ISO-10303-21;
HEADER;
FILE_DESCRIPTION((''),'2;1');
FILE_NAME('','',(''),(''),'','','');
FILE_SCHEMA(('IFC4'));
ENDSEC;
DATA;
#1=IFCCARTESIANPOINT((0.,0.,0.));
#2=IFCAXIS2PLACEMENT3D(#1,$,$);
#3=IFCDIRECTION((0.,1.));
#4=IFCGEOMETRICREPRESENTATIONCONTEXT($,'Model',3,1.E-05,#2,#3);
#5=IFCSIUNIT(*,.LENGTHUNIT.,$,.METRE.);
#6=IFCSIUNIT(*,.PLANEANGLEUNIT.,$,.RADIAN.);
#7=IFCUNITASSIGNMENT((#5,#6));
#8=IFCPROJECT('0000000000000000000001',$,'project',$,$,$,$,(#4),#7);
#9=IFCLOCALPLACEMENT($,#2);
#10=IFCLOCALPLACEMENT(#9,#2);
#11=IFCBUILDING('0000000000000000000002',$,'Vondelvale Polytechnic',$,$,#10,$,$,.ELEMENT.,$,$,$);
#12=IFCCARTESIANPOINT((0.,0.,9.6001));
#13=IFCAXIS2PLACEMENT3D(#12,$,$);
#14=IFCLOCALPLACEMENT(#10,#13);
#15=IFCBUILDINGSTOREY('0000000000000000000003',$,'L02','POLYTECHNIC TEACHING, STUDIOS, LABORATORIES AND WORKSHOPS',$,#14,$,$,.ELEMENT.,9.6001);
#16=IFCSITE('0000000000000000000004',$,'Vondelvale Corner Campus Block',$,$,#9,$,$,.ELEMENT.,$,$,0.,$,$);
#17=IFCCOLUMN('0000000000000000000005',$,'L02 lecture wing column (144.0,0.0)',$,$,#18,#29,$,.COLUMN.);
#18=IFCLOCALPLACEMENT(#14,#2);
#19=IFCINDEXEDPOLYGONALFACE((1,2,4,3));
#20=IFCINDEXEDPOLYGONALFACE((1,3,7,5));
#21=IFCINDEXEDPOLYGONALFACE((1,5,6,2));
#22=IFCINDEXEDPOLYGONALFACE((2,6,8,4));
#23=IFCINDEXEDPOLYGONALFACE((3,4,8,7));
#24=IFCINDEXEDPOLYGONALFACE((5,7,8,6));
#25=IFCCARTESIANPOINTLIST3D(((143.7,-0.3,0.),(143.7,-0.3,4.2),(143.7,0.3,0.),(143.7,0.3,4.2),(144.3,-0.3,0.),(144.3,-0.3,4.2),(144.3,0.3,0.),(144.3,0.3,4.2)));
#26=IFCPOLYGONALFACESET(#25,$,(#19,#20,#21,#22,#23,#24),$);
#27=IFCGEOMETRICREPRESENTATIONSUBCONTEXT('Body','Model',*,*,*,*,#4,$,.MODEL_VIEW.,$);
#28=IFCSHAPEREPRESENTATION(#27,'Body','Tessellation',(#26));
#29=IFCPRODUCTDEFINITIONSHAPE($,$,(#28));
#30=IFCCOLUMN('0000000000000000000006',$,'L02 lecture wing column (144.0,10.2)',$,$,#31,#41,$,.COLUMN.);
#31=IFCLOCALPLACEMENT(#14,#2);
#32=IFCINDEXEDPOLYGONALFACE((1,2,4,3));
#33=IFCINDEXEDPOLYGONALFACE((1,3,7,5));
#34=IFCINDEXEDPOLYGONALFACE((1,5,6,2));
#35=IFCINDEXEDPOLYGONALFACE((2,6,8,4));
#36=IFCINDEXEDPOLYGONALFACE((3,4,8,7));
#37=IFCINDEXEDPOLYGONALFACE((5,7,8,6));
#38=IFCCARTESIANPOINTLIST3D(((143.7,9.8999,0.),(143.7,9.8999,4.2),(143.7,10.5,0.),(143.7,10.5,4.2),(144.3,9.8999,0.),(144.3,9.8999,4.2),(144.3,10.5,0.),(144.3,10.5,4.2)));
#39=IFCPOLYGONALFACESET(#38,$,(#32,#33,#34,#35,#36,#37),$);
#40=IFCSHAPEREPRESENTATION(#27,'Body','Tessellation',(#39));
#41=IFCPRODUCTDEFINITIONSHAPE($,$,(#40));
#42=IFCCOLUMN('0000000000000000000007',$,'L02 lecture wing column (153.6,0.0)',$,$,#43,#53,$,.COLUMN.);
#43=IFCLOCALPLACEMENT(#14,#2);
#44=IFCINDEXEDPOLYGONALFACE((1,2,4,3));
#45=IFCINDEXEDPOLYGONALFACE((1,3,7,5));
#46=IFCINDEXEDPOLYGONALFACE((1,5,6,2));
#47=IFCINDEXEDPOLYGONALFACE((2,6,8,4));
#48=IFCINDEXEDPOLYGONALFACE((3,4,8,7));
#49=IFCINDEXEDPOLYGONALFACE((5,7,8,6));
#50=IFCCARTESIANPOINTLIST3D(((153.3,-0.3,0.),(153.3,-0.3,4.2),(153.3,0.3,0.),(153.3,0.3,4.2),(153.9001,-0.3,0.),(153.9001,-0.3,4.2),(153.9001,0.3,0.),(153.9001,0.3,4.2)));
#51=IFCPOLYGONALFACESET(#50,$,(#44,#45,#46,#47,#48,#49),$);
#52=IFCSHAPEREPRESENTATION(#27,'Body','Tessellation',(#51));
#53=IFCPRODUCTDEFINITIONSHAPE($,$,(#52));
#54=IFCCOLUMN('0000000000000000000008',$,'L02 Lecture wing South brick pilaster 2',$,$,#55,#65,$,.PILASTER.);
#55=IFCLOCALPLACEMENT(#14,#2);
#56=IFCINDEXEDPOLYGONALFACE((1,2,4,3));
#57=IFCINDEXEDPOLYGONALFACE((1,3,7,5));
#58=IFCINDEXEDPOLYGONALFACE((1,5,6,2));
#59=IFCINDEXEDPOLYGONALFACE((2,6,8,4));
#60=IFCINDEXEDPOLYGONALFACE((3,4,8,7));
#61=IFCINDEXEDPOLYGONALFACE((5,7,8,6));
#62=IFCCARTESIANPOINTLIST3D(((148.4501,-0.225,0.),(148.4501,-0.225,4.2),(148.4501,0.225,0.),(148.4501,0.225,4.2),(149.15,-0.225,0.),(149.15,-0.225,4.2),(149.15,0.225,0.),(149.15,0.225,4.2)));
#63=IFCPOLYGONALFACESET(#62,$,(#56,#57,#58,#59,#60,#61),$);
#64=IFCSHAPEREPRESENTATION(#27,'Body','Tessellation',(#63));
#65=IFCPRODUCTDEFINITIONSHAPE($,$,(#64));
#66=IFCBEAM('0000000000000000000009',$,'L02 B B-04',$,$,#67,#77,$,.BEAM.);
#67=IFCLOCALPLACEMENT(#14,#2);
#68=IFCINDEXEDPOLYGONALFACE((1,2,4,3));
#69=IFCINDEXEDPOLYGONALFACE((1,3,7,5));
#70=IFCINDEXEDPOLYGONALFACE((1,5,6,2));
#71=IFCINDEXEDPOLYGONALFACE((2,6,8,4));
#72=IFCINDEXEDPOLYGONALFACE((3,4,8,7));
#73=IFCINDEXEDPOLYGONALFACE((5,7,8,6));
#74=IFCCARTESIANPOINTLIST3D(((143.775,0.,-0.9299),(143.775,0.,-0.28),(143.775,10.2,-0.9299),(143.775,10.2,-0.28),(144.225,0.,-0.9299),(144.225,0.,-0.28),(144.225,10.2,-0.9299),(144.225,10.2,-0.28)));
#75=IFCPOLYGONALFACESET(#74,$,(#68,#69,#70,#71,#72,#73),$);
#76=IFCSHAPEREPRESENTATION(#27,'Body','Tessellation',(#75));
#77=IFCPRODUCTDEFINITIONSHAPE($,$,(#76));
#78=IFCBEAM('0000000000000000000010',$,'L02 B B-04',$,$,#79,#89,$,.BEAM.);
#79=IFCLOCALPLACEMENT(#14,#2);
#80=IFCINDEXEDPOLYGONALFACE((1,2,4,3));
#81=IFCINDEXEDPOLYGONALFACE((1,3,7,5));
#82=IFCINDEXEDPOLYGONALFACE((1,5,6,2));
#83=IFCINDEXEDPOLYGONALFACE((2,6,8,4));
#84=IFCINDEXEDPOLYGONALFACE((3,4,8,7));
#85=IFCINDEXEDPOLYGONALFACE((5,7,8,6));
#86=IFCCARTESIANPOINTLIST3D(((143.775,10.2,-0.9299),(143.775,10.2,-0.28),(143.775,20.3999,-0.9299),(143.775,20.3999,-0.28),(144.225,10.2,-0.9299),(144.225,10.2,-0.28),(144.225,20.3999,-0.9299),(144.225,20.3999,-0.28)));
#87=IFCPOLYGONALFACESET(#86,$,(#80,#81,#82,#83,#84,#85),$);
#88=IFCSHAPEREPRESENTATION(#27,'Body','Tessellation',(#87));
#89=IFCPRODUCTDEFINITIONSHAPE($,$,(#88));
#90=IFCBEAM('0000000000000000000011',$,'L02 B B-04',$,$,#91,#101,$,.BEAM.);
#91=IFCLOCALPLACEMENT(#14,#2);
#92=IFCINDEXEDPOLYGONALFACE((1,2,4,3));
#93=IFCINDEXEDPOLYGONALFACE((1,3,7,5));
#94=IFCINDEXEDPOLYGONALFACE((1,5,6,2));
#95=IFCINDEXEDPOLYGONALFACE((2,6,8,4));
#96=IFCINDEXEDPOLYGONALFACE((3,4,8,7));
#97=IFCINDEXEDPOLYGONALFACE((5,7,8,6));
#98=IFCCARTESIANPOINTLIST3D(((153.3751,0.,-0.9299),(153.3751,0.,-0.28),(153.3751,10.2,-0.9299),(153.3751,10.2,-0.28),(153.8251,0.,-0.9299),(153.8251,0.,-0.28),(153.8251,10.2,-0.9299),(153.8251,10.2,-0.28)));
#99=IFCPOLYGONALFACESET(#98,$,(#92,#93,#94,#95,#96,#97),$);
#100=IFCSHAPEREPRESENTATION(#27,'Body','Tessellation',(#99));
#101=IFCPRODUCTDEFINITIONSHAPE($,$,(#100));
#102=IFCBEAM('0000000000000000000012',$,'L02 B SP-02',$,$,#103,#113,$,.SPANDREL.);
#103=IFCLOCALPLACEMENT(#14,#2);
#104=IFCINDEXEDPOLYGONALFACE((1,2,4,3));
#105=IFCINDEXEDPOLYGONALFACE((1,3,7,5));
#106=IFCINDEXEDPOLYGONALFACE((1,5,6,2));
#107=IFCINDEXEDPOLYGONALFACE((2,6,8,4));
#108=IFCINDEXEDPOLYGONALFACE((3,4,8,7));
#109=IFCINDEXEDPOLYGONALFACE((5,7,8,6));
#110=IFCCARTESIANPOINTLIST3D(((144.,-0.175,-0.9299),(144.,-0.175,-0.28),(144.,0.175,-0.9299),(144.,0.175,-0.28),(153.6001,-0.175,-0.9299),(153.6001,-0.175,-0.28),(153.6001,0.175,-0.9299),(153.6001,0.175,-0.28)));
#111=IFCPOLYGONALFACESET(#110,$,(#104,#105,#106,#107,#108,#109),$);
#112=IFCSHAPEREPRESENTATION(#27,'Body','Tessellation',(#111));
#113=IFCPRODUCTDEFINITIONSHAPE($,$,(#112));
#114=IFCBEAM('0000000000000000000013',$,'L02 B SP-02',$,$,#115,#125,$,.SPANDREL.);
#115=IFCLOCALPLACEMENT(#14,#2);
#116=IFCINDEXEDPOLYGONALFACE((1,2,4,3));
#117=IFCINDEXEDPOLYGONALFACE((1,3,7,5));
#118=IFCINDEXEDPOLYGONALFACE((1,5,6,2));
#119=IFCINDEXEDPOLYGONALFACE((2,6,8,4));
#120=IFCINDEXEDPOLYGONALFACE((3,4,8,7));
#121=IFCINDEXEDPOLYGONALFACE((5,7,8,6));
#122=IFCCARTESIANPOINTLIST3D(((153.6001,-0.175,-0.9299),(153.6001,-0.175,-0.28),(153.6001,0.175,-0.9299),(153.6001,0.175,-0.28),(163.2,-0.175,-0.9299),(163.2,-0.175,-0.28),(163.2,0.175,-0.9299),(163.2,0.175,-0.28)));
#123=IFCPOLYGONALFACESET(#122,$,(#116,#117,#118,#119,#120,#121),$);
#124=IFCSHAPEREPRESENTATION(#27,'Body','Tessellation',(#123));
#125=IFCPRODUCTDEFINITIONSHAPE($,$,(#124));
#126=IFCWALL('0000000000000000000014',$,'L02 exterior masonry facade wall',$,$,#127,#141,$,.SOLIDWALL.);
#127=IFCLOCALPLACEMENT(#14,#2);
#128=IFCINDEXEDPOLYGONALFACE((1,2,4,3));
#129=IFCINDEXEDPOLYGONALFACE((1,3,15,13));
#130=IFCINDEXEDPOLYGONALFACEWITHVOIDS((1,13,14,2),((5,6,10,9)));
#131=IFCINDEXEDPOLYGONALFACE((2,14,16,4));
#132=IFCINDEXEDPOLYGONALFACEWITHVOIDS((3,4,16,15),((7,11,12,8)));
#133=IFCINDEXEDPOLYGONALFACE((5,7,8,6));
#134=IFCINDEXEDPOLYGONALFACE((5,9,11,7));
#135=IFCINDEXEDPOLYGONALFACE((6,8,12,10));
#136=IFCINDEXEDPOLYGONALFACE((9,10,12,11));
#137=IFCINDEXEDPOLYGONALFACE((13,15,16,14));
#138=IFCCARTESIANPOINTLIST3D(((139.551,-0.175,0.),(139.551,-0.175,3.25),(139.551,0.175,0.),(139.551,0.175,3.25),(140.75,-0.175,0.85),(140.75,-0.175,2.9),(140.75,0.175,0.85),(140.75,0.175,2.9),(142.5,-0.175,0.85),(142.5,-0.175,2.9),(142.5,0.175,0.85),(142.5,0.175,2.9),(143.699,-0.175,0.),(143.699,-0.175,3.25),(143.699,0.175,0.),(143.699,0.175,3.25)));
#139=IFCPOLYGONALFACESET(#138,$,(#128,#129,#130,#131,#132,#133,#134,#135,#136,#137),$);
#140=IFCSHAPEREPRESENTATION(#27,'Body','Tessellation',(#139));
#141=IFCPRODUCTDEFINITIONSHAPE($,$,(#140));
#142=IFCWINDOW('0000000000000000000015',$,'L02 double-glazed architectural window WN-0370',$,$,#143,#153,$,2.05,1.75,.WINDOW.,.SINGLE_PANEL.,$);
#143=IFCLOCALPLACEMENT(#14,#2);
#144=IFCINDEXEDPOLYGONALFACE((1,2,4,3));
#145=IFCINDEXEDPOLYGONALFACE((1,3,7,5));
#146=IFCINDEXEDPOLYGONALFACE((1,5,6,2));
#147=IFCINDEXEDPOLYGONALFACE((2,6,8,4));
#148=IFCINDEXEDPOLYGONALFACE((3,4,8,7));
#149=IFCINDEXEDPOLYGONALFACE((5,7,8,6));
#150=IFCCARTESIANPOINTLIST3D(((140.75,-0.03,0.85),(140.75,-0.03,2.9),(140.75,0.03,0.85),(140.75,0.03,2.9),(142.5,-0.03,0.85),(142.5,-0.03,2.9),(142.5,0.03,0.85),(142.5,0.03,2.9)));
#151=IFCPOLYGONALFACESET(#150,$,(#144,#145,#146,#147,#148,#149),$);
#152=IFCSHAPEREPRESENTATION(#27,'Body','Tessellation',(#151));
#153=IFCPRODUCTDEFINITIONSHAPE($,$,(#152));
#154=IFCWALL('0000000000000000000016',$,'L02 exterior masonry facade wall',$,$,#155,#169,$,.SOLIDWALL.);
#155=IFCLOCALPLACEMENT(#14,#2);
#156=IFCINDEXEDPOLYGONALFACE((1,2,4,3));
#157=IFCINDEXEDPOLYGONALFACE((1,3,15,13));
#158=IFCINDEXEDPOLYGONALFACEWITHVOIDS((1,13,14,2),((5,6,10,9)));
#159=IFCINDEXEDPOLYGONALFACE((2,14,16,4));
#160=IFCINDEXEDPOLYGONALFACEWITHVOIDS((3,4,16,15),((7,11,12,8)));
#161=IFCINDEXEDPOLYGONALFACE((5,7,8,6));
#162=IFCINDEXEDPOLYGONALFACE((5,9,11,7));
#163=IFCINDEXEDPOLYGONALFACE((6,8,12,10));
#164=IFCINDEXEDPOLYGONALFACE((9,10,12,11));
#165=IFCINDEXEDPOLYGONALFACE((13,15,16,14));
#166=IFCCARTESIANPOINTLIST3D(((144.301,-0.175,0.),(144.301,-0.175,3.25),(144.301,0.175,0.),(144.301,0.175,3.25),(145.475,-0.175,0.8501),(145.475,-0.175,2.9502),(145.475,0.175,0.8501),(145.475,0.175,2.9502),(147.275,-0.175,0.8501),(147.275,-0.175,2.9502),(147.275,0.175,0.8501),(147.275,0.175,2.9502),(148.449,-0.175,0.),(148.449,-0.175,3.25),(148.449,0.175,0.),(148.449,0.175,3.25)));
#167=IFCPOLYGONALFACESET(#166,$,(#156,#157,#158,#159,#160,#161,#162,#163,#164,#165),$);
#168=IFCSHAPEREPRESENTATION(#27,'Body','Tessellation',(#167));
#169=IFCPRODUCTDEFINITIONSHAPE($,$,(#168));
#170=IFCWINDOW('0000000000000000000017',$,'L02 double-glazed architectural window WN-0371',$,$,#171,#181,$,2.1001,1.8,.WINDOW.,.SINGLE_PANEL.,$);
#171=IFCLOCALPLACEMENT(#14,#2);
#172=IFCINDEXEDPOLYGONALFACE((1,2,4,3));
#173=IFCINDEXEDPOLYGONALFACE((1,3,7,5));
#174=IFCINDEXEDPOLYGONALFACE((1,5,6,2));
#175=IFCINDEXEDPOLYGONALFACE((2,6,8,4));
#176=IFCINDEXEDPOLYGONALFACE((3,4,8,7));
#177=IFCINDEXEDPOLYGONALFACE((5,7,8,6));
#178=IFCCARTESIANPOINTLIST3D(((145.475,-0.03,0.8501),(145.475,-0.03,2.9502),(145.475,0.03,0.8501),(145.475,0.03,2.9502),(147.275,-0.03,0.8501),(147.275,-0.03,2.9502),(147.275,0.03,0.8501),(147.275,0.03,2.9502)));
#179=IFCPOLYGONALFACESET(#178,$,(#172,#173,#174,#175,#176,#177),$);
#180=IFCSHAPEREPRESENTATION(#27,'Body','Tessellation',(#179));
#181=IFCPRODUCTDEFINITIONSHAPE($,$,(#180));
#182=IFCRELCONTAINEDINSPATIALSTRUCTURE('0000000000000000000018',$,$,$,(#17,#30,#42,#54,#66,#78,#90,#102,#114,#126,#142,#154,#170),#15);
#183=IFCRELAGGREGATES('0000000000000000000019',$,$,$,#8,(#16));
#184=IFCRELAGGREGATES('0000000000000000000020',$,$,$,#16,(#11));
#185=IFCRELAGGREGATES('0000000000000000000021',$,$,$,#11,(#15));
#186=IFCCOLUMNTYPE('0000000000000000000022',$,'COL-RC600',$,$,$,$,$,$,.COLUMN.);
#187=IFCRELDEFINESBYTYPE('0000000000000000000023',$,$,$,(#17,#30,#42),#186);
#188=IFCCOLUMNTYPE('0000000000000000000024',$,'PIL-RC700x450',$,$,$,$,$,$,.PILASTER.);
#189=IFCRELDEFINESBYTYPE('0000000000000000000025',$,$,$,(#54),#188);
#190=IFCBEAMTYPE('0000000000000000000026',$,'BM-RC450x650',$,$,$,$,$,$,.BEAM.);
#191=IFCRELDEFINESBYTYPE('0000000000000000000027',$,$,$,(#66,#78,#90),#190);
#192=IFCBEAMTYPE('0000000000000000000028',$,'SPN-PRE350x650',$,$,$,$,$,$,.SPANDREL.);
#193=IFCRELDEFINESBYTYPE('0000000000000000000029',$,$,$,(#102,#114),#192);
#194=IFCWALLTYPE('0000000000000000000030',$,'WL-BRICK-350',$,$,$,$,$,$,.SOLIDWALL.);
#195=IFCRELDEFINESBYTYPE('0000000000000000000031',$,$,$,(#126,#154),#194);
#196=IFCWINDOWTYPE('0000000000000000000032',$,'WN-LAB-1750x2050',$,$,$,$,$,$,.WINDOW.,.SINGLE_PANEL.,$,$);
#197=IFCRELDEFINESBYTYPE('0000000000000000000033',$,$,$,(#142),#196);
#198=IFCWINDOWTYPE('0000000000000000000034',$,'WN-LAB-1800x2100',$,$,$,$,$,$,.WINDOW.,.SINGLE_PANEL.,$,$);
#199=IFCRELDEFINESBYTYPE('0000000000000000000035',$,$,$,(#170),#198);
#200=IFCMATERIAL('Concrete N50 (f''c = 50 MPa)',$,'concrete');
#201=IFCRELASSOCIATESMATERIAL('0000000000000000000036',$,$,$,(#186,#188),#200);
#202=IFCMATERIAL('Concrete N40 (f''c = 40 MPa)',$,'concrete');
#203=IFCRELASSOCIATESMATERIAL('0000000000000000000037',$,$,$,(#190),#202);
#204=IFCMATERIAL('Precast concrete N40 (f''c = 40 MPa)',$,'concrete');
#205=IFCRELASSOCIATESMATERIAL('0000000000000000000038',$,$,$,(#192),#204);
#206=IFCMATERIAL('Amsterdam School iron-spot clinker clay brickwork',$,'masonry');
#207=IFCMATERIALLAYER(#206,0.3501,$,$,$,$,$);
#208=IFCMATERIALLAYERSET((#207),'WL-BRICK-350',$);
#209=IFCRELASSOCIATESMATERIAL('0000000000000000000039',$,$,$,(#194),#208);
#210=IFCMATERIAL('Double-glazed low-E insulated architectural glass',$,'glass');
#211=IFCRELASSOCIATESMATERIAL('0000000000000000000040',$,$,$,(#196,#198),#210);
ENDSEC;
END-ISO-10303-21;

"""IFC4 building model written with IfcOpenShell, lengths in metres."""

from ifc_helpers import new_model, si_unit, direction, frame, frame_2d, origin, origin_2d, place, context, subcontext, project, spatial, rectangle, extrude, material, layer, layer_set, material_profile, profile_set, type_object, element, fill, save


model = new_model("IFC4")

# Units and contexts
model_context = context("Model", 3, precision=1e-05, world=origin(), true_north=direction((0.0, 1.0)))
body_context = subcontext(model_context, "Body", "Model", "MODEL_VIEW")
ifc_project = project(units=[si_unit("LENGTHUNIT", "METRE"), si_unit("PLANEANGLEUNIT", "RADIAN")], contexts=[model_context])

# Site, building, storey
site_placement = place(None, origin())
site = spatial("IfcSite", under=ifc_project, at=site_placement, Name="Vondelvale Corner Campus Block", CompositionType="ELEMENT", RefElevation=0.0)
building_placement = place(site_placement, origin())
building = spatial("IfcBuilding", under=site, at=building_placement, Name="Vondelvale Polytechnic", CompositionType="ELEMENT")
storey_placement = place(building_placement, frame((0.0, 0.0, 9.6001)))
storey = spatial("IfcBuildingStorey", under=building, at=storey_placement, Name="L02", Description="POLYTECHNIC TEACHING, STUDIOS, LABORATORIES AND WORKSHOPS", CompositionType="ELEMENT", Elevation=9.6001)

# Columns
ifc_material_1 = material(Name="Concrete N50 (f'c = 50 MPa)", Category="concrete")
ifc_material_profile_1 = material_profile(ifc_material_1, rectangle(XDim=0.6001, YDim=0.6001, at=origin_2d()), Name="RC-COL-600x600")
ifc_profile_set_1 = profile_set([ifc_material_profile_1], Name="Concrete N50 (f'c = 50 MPa)")
column_type_1 = type_object("IfcColumnType", Name="COL-RC600", PredefinedType="COLUMN", material=ifc_profile_set_1)
for number, where, z_axis, x_axis, name in (
    (1, (144.0, 0.0, 0.0), (0.0, 0.0, 1.0), (1.0, 0.0, 0.0), "L02 lecture wing column (144.0,0.0)"),
    (2, (144.0, 10.2, 0.0), (0.0, 0.0, 1.0), (1.0, 0.0, 0.0), "L02 lecture wing column (144.0,10.2)"),
    (3, (153.6001, 0.0, 0.0), (0.0, 0.0, 1.0), (1.0, 0.0, 0.0), "L02 lecture wing column (153.6,0.0)"),
):
    element("IfcColumn", number, at=place(storey_placement, frame(where, z_axis=z_axis, x_axis=x_axis)), inside=storey, type_object=column_type_1, Name=name, PredefinedType="COLUMN", context=body_context, shape_type="SweptSolid", body=[
        extrude(rectangle(XDim=0.6001, YDim=0.6001, at=origin_2d()), origin(), (0.0, 0.0, 1.0), 4.2),
    ])
ifc_material_profile_2 = material_profile(ifc_material_1, rectangle(XDim=0.45, YDim=0.7, at=origin_2d()), Name="RC-PIL-700x450")
ifc_profile_set_2 = profile_set([ifc_material_profile_2], Name="Concrete N50 (f'c = 50 MPa)")
column_type_2 = type_object("IfcColumnType", Name="PIL-RC700x450", PredefinedType="PILASTER", material=ifc_profile_set_2)
column_placement = place(storey_placement, frame((148.8, 0.0, 0.0), z_axis=(0.0, 0.0, 1.0), x_axis=(0.0, 1.0, 0.0)))
element("IfcColumn", 4, at=column_placement, inside=storey, type_object=column_type_2, Name="L02 Lecture wing South brick pilaster 2", PredefinedType="PILASTER", context=body_context, shape_type="SweptSolid", body=[
    extrude(rectangle(XDim=0.45, YDim=0.7, at=origin_2d()), origin(), (0.0, 0.0, 1.0), 4.2),
])

# Beams
ifc_material_2 = material(Name="Concrete N40 (f'c = 40 MPa)", Category="concrete")
ifc_material_profile_3 = material_profile(ifc_material_2, rectangle(XDim=0.45, YDim=0.6499, at=origin_2d()), Name="RC-BM-450x650")
ifc_profile_set_3 = profile_set([ifc_material_profile_3], Name="Concrete N40 (f'c = 40 MPa)")
beam_type_1 = type_object("IfcBeamType", Name="BM-RC450x650", PredefinedType="BEAM", material=ifc_profile_set_3)
for number, where, z_axis, x_axis, name in (
    (5, (144.0, 0.0, -0.605), (0.0, 1.0, 0.0), (-1.0, 0.0, 0.0), "L02 B B-04"),
    (6, (144.0, 10.2, -0.605), (0.0, 1.0, 0.0), (-1.0, 0.0, 0.0), "L02 B B-04"),
    (7, (153.6001, 0.0, -0.605), (0.0, 1.0, 0.0), (-1.0, 0.0, 0.0), "L02 B B-04"),
):
    element("IfcBeam", number, at=place(storey_placement, frame(where, z_axis=z_axis, x_axis=x_axis)), inside=storey, type_object=beam_type_1, Name=name, PredefinedType="BEAM", context=body_context, shape_type="SweptSolid", body=[
        extrude(rectangle(XDim=0.45, YDim=0.6499, at=origin_2d()), origin(), (0.0, 0.0, 1.0), 10.2),
    ])
ifc_material_3 = material(Name="Precast concrete N40 (f'c = 40 MPa)", Category="concrete")
ifc_material_profile_4 = material_profile(ifc_material_3, rectangle(XDim=0.3501, YDim=0.6499, at=origin_2d()), Name="RC-SPN-350x650")
ifc_profile_set_4 = profile_set([ifc_material_profile_4], Name="Precast concrete N40 (f'c = 40 MPa)")
beam_type_2 = type_object("IfcBeamType", Name="SPN-PRE350x650", PredefinedType="SPANDREL", material=ifc_profile_set_4)
beam_1_placement = place(storey_placement, frame((144.0, 0.0, -0.605), z_axis=(1.0, 0.0, 0.0), x_axis=(0.0, 1.0, 0.0)))
element("IfcBeam", 8, at=beam_1_placement, inside=storey, type_object=beam_type_2, Name="L02 B SP-02", PredefinedType="SPANDREL", context=body_context, shape_type="SweptSolid", body=[
    extrude(rectangle(XDim=0.3501, YDim=0.6499, at=origin_2d()), origin(), (0.0, 0.0, 1.0), 9.6001),
])
beam_2_placement = place(storey_placement, frame((153.6001, 0.0, -0.605), z_axis=(1.0, 0.0, 0.0), x_axis=(0.0, 1.0, 0.0)))
element("IfcBeam", 9, at=beam_2_placement, inside=storey, type_object=beam_type_2, Name="L02 B SP-02", PredefinedType="SPANDREL", context=body_context, shape_type="SweptSolid", body=[
    extrude(rectangle(XDim=0.3501, YDim=0.6499, at=origin_2d()), origin(), (0.0, 0.0, 1.0), 9.5999),
])

# Walls, openings, windows
ifc_material_4 = material(Name="Amsterdam School iron-spot clinker clay brickwork", Category="masonry")
ifc_layer_1 = layer(ifc_material_4, 0.3501)
ifc_layer_set_1 = layer_set([ifc_layer_1], Name="WL-BRICK-350")
wall_type_1 = type_object("IfcWallType", Name="WL-BRICK-350", PredefinedType="SOLIDWALL", material=ifc_layer_set_1)
wall_1_placement = place(storey_placement, frame((143.699, 0.0, 0.0), z_axis=(0.0, 0.0, 1.0), x_axis=(-1.0, 0.0, 0.0)))
wall_1 = element("IfcWall", 10, at=wall_1_placement, inside=storey, type_object=wall_type_1, Name="L02 exterior masonry facade wall", PredefinedType="SOLIDWALL", context=body_context, shape_type="SweptSolid", body=[
    extrude(rectangle(XDim=4.1479, YDim=0.3501, at=frame_2d((2.074, 0.0))), origin(), (0.0, 0.0, 1.0), 3.25),
])
opening_1_placement = place(wall_1_placement, frame((1.199, 0.0, 0.8501)))
opening_1 = element("IfcOpeningElement", 11, at=opening_1_placement, cuts=wall_1, PredefinedType="OPENING", context=body_context, shape_type="SweptSolid", body=[
    extrude(rectangle(XDim=1.75, YDim=2.05, at=frame_2d((0.875, 1.0249))), frame((0.0, 0.1851, 0.0), z_axis=(0.0, -1.0, 0.0), x_axis=(1.0, 0.0, 0.0)), (0.0, 0.0, 1.0), 0.3701),
])
ifc_material_5 = material(Name="Double-glazed low-E insulated architectural glass", Category="glass")
window_type_1 = type_object("IfcWindowType", Name="WN-LAB-1750x2050", PartitioningType="SINGLE_PANEL", PredefinedType="WINDOW", material=ifc_material_5)
window_1_placement = place(opening_1_placement, origin())
window_1 = element("IfcWindow", 12, at=window_1_placement, inside=storey, type_object=window_type_1, Name="L02 double-glazed architectural window WN-0370", OverallHeight=2.05, OverallWidth=1.75, PartitioningType="SINGLE_PANEL", PredefinedType="WINDOW", context=body_context, shape_type="SweptSolid", body=[
    extrude(rectangle(XDim=1.75, YDim=2.05, at=frame_2d((0.875, 1.0249))), frame((0.0, 0.03, 0.0), z_axis=(0.0, -1.0, 0.0), x_axis=(1.0, 0.0, 0.0)), (0.0, 0.0, 1.0), 0.0601),
])
fill(opening_1, window_1)
wall_2_placement = place(storey_placement, frame((148.449, 0.0, 0.0), z_axis=(0.0, 0.0, 1.0), x_axis=(-1.0, 0.0, 0.0)))
wall_2 = element("IfcWall", 13, at=wall_2_placement, inside=storey, type_object=wall_type_1, Name="L02 exterior masonry facade wall", PredefinedType="SOLIDWALL", context=body_context, shape_type="SweptSolid", body=[
    extrude(rectangle(XDim=4.1479, YDim=0.3501, at=frame_2d((2.074, 0.0))), origin(), (0.0, 0.0, 1.0), 3.25),
])
opening_2_placement = place(wall_2_placement, frame((1.1741, 0.0, 0.8501)))
opening_2 = element("IfcOpeningElement", 14, at=opening_2_placement, cuts=wall_2, PredefinedType="OPENING", context=body_context, shape_type="SweptSolid", body=[
    extrude(rectangle(XDim=1.8, YDim=2.1001, at=frame_2d((0.8999, 1.05))), frame((0.0, 0.1851, 0.0), z_axis=(0.0, -1.0, 0.0), x_axis=(1.0, 0.0, 0.0)), (0.0, 0.0, 1.0), 0.3701),
])
window_type_2 = type_object("IfcWindowType", Name="WN-LAB-1800x2100", PartitioningType="SINGLE_PANEL", PredefinedType="WINDOW", material=ifc_material_5)
window_2_placement = place(opening_2_placement, origin())
window_2 = element("IfcWindow", 15, at=window_2_placement, inside=storey, type_object=window_type_2, Name="L02 double-glazed architectural window WN-0371", OverallHeight=2.1001, OverallWidth=1.8, PartitioningType="SINGLE_PANEL", PredefinedType="WINDOW", context=body_context, shape_type="SweptSolid", body=[
    extrude(rectangle(XDim=1.8, YDim=2.1001, at=frame_2d((0.8999, 1.05))), frame((0.0, 0.03, 0.0), z_axis=(0.0, -1.0, 0.0), x_axis=(1.0, 0.0, 0.0)), (0.0, 0.0, 1.0), 0.0601),
])
fill(opening_2, window_2)

save(model, "model.ifc")
